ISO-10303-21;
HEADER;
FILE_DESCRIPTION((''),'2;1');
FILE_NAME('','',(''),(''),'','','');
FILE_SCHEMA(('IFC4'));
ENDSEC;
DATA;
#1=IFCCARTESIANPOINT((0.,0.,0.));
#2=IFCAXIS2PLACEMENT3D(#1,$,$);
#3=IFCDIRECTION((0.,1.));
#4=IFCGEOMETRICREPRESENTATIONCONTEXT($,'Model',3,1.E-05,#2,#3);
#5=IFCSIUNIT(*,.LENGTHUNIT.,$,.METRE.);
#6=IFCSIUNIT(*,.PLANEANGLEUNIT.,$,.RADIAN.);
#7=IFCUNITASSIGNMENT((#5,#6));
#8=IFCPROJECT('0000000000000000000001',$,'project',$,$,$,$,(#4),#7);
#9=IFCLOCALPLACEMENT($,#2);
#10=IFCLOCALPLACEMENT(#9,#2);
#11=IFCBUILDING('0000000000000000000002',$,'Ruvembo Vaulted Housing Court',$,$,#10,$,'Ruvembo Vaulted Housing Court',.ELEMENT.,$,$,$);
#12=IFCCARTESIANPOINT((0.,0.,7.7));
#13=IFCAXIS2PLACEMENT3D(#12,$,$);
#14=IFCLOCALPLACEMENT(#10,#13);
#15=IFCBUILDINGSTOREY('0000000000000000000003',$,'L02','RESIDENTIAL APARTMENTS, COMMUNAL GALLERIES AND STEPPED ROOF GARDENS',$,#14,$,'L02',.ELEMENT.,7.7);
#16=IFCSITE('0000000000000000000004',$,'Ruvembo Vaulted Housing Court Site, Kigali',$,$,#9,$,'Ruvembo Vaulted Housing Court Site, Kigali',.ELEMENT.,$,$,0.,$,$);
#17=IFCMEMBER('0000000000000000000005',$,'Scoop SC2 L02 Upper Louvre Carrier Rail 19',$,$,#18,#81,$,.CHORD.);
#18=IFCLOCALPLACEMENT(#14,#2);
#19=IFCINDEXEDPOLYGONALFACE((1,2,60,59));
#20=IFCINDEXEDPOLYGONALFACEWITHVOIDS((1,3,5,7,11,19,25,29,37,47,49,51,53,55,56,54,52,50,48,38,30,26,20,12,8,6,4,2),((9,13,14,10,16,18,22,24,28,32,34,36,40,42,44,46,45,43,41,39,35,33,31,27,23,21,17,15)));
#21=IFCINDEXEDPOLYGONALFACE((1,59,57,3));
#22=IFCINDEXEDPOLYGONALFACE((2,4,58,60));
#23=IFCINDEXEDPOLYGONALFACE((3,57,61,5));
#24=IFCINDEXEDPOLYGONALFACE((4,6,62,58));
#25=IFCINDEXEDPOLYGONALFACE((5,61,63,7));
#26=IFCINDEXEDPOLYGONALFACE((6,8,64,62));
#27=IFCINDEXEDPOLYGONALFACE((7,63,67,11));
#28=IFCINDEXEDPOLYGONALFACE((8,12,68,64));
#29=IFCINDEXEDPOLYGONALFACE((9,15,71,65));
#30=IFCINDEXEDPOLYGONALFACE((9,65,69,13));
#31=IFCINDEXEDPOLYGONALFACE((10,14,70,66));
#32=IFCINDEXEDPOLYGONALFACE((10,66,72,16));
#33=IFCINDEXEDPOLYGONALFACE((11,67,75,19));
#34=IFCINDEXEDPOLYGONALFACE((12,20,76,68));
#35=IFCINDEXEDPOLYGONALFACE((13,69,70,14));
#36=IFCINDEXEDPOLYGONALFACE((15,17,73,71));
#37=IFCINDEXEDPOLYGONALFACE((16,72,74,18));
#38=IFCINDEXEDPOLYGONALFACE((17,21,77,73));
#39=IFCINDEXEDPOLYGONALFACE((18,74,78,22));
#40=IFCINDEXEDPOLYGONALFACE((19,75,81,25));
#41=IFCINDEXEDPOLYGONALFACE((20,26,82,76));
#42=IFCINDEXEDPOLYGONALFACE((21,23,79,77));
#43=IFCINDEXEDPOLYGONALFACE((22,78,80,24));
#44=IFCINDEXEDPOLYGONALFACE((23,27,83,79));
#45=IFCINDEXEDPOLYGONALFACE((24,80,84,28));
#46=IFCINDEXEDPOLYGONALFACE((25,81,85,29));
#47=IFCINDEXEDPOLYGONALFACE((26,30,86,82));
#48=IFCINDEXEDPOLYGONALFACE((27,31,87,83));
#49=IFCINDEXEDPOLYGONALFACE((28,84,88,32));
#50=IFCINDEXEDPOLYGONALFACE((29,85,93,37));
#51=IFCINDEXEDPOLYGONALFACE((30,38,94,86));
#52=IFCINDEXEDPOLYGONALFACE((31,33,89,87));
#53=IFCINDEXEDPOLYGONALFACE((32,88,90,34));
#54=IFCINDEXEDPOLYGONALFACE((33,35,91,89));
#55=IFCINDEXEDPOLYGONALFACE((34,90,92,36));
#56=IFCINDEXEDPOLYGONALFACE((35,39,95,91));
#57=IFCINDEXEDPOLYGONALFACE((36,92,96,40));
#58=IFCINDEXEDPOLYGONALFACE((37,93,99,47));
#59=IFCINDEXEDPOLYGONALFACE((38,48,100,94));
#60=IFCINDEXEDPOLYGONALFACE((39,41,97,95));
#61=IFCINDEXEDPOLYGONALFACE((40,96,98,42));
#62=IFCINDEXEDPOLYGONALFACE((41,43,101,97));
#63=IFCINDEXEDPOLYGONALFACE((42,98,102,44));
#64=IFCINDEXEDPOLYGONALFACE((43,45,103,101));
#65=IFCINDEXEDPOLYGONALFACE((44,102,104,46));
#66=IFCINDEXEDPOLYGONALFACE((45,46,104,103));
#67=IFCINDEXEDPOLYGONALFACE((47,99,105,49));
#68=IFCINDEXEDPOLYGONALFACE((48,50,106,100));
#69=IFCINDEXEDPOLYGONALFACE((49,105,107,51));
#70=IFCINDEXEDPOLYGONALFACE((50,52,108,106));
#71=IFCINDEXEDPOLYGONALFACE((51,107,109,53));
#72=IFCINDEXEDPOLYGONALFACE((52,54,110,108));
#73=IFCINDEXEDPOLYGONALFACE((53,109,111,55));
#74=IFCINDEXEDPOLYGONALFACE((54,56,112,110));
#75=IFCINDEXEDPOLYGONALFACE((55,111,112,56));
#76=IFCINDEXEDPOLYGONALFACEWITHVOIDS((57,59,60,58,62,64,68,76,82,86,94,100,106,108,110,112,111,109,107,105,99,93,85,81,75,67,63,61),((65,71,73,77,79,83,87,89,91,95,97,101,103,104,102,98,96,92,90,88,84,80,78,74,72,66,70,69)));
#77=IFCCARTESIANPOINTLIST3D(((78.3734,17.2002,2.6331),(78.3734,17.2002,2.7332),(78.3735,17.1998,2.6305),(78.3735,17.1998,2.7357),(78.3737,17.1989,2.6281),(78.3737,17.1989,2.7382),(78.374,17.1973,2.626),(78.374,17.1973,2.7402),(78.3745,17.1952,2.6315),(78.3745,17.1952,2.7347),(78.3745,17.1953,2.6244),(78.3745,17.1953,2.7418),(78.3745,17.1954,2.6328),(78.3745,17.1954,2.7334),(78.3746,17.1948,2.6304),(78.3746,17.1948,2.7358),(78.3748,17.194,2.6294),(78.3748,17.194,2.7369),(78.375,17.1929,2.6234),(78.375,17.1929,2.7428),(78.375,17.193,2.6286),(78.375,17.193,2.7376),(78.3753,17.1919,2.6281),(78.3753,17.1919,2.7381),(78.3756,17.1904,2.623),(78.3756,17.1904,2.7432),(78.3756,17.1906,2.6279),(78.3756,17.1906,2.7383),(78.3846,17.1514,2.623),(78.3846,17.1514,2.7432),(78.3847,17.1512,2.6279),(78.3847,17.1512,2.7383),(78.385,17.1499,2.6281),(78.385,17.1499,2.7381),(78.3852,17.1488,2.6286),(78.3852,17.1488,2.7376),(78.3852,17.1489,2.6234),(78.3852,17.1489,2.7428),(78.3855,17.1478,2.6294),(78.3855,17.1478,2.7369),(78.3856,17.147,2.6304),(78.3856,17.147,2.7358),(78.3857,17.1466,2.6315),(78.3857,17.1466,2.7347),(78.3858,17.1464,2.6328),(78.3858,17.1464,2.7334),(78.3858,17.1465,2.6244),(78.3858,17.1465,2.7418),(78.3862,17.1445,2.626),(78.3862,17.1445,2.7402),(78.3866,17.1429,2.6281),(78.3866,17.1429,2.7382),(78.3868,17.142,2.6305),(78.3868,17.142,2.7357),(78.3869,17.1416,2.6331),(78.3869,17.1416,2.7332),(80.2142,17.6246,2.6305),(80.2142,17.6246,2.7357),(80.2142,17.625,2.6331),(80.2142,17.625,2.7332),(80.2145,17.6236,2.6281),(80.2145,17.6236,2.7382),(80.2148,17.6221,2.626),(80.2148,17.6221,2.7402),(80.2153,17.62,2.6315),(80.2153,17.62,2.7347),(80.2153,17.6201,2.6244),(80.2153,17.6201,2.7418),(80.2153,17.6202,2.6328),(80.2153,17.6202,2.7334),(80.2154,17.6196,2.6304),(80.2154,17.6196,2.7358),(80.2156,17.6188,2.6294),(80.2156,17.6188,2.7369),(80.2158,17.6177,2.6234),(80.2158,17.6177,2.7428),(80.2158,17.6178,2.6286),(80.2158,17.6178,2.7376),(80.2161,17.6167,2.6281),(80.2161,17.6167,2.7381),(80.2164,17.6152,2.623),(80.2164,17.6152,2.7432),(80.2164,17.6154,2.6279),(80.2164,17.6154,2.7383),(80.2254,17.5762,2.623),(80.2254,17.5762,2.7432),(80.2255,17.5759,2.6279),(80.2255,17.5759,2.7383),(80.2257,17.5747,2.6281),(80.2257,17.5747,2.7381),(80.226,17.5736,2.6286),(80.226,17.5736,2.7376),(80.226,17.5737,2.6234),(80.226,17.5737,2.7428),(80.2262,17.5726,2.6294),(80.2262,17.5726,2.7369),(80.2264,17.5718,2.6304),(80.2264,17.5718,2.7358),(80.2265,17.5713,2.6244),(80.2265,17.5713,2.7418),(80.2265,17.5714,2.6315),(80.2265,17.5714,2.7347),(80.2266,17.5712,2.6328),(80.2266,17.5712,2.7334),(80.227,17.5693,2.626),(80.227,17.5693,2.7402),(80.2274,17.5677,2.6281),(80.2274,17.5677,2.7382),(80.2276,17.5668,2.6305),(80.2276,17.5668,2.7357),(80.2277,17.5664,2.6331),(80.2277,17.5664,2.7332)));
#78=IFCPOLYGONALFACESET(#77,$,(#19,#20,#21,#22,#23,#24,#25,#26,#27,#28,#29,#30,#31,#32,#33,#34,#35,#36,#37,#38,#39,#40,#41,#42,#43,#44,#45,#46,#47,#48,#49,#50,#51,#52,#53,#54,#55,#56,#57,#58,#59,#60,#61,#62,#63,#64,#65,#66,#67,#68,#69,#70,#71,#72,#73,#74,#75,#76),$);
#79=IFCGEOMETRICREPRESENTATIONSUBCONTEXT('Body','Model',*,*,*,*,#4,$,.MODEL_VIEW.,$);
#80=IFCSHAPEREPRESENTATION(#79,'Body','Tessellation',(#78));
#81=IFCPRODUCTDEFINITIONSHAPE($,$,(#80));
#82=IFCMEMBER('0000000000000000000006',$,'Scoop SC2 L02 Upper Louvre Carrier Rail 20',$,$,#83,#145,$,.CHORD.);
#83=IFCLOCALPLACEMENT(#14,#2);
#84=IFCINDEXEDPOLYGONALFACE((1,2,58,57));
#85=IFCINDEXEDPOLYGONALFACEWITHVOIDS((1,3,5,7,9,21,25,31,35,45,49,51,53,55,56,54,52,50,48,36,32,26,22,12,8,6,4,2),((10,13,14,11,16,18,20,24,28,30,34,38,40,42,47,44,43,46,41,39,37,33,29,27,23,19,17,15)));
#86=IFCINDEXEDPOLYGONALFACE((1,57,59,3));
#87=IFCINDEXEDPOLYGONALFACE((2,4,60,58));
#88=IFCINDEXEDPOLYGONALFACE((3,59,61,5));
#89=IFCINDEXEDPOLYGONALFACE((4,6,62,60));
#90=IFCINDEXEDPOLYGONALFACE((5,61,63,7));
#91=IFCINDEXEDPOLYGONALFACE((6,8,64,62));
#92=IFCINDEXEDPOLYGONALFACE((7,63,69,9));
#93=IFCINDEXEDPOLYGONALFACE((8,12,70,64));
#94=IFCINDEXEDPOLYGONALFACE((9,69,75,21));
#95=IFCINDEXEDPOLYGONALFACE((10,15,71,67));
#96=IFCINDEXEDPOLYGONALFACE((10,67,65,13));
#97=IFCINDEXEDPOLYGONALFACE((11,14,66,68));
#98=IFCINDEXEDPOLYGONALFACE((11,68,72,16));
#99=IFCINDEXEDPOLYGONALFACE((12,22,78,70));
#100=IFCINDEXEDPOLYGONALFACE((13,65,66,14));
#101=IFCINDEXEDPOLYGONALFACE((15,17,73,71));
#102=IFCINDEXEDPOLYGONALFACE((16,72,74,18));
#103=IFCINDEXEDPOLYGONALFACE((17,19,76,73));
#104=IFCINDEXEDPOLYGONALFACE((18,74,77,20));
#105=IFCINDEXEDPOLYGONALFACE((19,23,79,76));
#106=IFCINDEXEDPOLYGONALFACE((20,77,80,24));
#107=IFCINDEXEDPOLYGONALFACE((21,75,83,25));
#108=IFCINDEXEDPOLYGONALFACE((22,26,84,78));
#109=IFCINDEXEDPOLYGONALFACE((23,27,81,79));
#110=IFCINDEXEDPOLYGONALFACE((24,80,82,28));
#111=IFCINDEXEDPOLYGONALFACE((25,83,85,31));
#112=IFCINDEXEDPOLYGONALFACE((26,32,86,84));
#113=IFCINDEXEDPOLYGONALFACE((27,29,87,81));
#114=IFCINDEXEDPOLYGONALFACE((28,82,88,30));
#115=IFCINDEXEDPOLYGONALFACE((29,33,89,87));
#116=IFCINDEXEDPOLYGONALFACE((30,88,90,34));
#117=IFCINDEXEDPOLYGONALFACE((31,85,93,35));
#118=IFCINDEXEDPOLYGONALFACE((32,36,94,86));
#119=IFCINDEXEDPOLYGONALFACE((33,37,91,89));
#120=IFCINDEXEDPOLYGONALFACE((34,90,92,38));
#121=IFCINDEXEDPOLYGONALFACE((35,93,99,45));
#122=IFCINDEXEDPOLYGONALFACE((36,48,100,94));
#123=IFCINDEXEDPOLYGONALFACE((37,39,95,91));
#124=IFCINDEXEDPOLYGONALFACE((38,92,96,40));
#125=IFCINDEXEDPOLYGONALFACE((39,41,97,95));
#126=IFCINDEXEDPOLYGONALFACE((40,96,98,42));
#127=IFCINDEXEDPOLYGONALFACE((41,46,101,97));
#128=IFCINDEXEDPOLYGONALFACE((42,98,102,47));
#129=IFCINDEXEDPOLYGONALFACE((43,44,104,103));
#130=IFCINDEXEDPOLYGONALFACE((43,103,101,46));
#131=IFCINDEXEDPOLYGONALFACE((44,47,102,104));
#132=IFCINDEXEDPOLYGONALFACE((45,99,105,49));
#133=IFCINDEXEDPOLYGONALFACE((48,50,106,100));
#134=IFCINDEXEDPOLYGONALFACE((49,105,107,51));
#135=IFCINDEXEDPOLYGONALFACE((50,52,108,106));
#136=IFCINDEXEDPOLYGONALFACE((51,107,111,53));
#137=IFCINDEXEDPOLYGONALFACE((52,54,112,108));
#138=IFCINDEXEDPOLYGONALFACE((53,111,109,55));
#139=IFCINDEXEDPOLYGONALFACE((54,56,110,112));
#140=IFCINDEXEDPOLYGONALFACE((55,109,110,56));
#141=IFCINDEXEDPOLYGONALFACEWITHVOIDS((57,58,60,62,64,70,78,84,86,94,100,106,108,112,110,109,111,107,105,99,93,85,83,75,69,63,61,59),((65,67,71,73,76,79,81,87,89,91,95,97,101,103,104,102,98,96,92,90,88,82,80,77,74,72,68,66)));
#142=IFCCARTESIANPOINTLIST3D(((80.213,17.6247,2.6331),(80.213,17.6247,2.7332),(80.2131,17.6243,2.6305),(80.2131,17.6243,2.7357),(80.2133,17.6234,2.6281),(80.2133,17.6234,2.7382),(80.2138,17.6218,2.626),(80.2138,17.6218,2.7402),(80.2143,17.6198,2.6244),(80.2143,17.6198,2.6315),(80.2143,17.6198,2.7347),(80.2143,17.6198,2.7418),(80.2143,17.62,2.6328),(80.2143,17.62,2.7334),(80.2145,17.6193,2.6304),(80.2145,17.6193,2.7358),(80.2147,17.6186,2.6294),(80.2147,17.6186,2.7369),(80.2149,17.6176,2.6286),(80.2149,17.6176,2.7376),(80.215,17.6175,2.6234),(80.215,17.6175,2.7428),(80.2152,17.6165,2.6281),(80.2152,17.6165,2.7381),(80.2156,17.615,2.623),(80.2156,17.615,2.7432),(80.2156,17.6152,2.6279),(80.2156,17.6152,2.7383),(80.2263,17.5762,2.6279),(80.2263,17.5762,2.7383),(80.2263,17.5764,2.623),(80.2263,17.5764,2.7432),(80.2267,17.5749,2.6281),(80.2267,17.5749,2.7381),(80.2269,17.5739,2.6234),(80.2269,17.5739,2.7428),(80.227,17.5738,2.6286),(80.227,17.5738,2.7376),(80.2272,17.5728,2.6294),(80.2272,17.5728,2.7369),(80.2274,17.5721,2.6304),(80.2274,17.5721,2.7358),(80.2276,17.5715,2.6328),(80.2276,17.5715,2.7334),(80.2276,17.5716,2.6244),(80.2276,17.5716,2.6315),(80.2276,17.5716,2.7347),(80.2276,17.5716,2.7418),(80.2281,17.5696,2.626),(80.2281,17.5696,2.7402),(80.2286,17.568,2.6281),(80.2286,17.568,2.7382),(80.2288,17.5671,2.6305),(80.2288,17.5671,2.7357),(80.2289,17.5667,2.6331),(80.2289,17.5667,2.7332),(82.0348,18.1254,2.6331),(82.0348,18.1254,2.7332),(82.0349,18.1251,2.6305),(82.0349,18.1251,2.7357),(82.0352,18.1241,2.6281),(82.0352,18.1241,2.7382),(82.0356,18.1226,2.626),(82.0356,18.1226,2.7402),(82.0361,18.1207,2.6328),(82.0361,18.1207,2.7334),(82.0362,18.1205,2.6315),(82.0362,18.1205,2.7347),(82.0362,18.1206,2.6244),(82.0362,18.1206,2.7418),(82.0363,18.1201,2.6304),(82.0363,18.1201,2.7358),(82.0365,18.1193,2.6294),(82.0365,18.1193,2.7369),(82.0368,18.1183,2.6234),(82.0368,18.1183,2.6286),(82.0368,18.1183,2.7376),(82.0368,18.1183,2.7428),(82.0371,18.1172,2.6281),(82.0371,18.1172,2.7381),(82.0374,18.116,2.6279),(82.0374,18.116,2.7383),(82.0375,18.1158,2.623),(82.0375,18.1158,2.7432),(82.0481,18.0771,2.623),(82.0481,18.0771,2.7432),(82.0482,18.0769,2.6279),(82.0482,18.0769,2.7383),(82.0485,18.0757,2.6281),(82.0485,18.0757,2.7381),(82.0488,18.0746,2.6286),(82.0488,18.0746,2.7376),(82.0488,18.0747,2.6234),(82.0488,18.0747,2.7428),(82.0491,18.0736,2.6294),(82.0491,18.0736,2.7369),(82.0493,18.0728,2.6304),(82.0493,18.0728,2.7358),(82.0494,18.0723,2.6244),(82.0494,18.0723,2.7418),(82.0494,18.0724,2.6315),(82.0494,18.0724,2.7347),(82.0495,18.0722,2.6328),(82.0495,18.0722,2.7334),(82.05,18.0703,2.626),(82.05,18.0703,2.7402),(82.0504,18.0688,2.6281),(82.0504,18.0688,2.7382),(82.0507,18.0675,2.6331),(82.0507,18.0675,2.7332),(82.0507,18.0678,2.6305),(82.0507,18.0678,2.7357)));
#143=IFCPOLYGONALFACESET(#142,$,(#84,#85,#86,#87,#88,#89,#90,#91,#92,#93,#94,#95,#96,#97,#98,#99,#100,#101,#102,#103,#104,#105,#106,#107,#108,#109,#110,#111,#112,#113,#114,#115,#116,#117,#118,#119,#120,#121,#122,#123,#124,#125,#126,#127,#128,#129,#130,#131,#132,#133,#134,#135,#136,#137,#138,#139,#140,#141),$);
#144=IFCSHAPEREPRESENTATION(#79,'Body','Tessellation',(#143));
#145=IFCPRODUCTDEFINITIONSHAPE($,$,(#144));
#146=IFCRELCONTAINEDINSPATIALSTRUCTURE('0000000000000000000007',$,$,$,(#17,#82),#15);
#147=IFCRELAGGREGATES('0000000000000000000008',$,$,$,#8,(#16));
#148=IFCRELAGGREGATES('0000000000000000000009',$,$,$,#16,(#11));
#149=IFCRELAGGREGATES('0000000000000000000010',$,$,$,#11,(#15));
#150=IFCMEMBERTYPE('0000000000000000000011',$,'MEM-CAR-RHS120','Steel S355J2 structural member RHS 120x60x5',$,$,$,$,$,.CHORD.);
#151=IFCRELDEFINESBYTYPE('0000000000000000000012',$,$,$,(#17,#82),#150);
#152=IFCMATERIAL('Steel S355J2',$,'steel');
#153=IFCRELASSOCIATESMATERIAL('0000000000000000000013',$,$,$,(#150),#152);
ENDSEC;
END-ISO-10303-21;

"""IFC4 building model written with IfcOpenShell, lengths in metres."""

from ifc_helpers import new_model, si_unit, direction, frame, origin, origin_2d, place, context, subcontext, project, spatial, hollow_rectangle, extrude, material, material_profile, profile_set, type_object, element, save


model = new_model("IFC4")

# Units and contexts
model_context = context("Model", 3, precision=1e-05, world=origin(), true_north=direction((0.0, 1.0)))
body_context = subcontext(model_context, "Body", "Model", "MODEL_VIEW")
ifc_project = project(units=[si_unit("LENGTHUNIT", "METRE"), si_unit("PLANEANGLEUNIT", "RADIAN")], contexts=[model_context])

# Site, building, storey
site_placement = place(None, origin())
site = spatial("IfcSite", under=ifc_project, at=site_placement, Name="Ruvembo Vaulted Housing Court Site, Kigali", LongName="Ruvembo Vaulted Housing Court Site, Kigali", CompositionType="ELEMENT", RefElevation=0.0)
building_placement = place(site_placement, origin())
building = spatial("IfcBuilding", under=site, at=building_placement, Name="Ruvembo Vaulted Housing Court", LongName="Ruvembo Vaulted Housing Court", CompositionType="ELEMENT")
storey_placement = place(building_placement, frame((0.0, 0.0, 7.7)))
storey = spatial("IfcBuildingStorey", under=building, at=storey_placement, Name="L02", Description="RESIDENTIAL APARTMENTS, COMMUNAL GALLERIES AND STEPPED ROOF GARDENS", LongName="L02", CompositionType="ELEMENT", Elevation=7.7)

# Shared definitions
ifc_material_1 = material(Name="Steel S355J2", Category="steel")

# Members
ifc_material_profile_1 = material_profile(ifc_material_1, hollow_rectangle(XDim=0.0601, YDim=0.1201, WallThickness=0.0049, InnerFilletRadius=0.0049, OuterFilletRadius=0.01, at=origin_2d()), Name="RHS 120x60x5")
ifc_profile_set_1 = profile_set([ifc_material_profile_1], Name="Steel S355J2")
member_type_1 = type_object("IfcMemberType", Name="MEM-CAR-RHS120", Description="Steel S355J2 structural member RHS 120x60x5", PredefinedType="CHORD", material=ifc_profile_set_1)
member_1_placement = place(storey_placement, frame((78.3801, 17.1709, 2.6831), z_axis=(0.974391, 0.22486, 0.0), x_axis=(-0.22486, 0.974391, 0.0)))
element("IfcMember", 1, at=member_1_placement, inside=storey, type_object=member_type_1, Name="Scoop SC2 L02 Upper Louvre Carrier Rail 19", PredefinedType="CHORD", context=body_context, shape_type="SweptSolid", body=[
    extrude(hollow_rectangle(XDim=0.0601, YDim=0.1201, WallThickness=0.0049, InnerFilletRadius=0.0049, OuterFilletRadius=0.01, at=origin_2d()), origin(), (0.0, 0.0, 1.0), 1.8892),
])
member_2_placement = place(storey_placement, frame((80.2209, 17.5957, 2.6831), z_axis=(0.96424, 0.26503, 0.0), x_axis=(-0.26503, 0.96424, 0.0)))
element("IfcMember", 2, at=member_2_placement, inside=storey, type_object=member_type_1, Name="Scoop SC2 L02 Upper Louvre Carrier Rail 20", PredefinedType="CHORD", context=body_context, shape_type="SweptSolid", body=[
    extrude(hollow_rectangle(XDim=0.0601, YDim=0.1201, WallThickness=0.0049, InnerFilletRadius=0.0049, OuterFilletRadius=0.01, at=origin_2d()), origin(), (0.0, 0.0, 1.0), 1.8894),
])

save(model, "model.ifc")
